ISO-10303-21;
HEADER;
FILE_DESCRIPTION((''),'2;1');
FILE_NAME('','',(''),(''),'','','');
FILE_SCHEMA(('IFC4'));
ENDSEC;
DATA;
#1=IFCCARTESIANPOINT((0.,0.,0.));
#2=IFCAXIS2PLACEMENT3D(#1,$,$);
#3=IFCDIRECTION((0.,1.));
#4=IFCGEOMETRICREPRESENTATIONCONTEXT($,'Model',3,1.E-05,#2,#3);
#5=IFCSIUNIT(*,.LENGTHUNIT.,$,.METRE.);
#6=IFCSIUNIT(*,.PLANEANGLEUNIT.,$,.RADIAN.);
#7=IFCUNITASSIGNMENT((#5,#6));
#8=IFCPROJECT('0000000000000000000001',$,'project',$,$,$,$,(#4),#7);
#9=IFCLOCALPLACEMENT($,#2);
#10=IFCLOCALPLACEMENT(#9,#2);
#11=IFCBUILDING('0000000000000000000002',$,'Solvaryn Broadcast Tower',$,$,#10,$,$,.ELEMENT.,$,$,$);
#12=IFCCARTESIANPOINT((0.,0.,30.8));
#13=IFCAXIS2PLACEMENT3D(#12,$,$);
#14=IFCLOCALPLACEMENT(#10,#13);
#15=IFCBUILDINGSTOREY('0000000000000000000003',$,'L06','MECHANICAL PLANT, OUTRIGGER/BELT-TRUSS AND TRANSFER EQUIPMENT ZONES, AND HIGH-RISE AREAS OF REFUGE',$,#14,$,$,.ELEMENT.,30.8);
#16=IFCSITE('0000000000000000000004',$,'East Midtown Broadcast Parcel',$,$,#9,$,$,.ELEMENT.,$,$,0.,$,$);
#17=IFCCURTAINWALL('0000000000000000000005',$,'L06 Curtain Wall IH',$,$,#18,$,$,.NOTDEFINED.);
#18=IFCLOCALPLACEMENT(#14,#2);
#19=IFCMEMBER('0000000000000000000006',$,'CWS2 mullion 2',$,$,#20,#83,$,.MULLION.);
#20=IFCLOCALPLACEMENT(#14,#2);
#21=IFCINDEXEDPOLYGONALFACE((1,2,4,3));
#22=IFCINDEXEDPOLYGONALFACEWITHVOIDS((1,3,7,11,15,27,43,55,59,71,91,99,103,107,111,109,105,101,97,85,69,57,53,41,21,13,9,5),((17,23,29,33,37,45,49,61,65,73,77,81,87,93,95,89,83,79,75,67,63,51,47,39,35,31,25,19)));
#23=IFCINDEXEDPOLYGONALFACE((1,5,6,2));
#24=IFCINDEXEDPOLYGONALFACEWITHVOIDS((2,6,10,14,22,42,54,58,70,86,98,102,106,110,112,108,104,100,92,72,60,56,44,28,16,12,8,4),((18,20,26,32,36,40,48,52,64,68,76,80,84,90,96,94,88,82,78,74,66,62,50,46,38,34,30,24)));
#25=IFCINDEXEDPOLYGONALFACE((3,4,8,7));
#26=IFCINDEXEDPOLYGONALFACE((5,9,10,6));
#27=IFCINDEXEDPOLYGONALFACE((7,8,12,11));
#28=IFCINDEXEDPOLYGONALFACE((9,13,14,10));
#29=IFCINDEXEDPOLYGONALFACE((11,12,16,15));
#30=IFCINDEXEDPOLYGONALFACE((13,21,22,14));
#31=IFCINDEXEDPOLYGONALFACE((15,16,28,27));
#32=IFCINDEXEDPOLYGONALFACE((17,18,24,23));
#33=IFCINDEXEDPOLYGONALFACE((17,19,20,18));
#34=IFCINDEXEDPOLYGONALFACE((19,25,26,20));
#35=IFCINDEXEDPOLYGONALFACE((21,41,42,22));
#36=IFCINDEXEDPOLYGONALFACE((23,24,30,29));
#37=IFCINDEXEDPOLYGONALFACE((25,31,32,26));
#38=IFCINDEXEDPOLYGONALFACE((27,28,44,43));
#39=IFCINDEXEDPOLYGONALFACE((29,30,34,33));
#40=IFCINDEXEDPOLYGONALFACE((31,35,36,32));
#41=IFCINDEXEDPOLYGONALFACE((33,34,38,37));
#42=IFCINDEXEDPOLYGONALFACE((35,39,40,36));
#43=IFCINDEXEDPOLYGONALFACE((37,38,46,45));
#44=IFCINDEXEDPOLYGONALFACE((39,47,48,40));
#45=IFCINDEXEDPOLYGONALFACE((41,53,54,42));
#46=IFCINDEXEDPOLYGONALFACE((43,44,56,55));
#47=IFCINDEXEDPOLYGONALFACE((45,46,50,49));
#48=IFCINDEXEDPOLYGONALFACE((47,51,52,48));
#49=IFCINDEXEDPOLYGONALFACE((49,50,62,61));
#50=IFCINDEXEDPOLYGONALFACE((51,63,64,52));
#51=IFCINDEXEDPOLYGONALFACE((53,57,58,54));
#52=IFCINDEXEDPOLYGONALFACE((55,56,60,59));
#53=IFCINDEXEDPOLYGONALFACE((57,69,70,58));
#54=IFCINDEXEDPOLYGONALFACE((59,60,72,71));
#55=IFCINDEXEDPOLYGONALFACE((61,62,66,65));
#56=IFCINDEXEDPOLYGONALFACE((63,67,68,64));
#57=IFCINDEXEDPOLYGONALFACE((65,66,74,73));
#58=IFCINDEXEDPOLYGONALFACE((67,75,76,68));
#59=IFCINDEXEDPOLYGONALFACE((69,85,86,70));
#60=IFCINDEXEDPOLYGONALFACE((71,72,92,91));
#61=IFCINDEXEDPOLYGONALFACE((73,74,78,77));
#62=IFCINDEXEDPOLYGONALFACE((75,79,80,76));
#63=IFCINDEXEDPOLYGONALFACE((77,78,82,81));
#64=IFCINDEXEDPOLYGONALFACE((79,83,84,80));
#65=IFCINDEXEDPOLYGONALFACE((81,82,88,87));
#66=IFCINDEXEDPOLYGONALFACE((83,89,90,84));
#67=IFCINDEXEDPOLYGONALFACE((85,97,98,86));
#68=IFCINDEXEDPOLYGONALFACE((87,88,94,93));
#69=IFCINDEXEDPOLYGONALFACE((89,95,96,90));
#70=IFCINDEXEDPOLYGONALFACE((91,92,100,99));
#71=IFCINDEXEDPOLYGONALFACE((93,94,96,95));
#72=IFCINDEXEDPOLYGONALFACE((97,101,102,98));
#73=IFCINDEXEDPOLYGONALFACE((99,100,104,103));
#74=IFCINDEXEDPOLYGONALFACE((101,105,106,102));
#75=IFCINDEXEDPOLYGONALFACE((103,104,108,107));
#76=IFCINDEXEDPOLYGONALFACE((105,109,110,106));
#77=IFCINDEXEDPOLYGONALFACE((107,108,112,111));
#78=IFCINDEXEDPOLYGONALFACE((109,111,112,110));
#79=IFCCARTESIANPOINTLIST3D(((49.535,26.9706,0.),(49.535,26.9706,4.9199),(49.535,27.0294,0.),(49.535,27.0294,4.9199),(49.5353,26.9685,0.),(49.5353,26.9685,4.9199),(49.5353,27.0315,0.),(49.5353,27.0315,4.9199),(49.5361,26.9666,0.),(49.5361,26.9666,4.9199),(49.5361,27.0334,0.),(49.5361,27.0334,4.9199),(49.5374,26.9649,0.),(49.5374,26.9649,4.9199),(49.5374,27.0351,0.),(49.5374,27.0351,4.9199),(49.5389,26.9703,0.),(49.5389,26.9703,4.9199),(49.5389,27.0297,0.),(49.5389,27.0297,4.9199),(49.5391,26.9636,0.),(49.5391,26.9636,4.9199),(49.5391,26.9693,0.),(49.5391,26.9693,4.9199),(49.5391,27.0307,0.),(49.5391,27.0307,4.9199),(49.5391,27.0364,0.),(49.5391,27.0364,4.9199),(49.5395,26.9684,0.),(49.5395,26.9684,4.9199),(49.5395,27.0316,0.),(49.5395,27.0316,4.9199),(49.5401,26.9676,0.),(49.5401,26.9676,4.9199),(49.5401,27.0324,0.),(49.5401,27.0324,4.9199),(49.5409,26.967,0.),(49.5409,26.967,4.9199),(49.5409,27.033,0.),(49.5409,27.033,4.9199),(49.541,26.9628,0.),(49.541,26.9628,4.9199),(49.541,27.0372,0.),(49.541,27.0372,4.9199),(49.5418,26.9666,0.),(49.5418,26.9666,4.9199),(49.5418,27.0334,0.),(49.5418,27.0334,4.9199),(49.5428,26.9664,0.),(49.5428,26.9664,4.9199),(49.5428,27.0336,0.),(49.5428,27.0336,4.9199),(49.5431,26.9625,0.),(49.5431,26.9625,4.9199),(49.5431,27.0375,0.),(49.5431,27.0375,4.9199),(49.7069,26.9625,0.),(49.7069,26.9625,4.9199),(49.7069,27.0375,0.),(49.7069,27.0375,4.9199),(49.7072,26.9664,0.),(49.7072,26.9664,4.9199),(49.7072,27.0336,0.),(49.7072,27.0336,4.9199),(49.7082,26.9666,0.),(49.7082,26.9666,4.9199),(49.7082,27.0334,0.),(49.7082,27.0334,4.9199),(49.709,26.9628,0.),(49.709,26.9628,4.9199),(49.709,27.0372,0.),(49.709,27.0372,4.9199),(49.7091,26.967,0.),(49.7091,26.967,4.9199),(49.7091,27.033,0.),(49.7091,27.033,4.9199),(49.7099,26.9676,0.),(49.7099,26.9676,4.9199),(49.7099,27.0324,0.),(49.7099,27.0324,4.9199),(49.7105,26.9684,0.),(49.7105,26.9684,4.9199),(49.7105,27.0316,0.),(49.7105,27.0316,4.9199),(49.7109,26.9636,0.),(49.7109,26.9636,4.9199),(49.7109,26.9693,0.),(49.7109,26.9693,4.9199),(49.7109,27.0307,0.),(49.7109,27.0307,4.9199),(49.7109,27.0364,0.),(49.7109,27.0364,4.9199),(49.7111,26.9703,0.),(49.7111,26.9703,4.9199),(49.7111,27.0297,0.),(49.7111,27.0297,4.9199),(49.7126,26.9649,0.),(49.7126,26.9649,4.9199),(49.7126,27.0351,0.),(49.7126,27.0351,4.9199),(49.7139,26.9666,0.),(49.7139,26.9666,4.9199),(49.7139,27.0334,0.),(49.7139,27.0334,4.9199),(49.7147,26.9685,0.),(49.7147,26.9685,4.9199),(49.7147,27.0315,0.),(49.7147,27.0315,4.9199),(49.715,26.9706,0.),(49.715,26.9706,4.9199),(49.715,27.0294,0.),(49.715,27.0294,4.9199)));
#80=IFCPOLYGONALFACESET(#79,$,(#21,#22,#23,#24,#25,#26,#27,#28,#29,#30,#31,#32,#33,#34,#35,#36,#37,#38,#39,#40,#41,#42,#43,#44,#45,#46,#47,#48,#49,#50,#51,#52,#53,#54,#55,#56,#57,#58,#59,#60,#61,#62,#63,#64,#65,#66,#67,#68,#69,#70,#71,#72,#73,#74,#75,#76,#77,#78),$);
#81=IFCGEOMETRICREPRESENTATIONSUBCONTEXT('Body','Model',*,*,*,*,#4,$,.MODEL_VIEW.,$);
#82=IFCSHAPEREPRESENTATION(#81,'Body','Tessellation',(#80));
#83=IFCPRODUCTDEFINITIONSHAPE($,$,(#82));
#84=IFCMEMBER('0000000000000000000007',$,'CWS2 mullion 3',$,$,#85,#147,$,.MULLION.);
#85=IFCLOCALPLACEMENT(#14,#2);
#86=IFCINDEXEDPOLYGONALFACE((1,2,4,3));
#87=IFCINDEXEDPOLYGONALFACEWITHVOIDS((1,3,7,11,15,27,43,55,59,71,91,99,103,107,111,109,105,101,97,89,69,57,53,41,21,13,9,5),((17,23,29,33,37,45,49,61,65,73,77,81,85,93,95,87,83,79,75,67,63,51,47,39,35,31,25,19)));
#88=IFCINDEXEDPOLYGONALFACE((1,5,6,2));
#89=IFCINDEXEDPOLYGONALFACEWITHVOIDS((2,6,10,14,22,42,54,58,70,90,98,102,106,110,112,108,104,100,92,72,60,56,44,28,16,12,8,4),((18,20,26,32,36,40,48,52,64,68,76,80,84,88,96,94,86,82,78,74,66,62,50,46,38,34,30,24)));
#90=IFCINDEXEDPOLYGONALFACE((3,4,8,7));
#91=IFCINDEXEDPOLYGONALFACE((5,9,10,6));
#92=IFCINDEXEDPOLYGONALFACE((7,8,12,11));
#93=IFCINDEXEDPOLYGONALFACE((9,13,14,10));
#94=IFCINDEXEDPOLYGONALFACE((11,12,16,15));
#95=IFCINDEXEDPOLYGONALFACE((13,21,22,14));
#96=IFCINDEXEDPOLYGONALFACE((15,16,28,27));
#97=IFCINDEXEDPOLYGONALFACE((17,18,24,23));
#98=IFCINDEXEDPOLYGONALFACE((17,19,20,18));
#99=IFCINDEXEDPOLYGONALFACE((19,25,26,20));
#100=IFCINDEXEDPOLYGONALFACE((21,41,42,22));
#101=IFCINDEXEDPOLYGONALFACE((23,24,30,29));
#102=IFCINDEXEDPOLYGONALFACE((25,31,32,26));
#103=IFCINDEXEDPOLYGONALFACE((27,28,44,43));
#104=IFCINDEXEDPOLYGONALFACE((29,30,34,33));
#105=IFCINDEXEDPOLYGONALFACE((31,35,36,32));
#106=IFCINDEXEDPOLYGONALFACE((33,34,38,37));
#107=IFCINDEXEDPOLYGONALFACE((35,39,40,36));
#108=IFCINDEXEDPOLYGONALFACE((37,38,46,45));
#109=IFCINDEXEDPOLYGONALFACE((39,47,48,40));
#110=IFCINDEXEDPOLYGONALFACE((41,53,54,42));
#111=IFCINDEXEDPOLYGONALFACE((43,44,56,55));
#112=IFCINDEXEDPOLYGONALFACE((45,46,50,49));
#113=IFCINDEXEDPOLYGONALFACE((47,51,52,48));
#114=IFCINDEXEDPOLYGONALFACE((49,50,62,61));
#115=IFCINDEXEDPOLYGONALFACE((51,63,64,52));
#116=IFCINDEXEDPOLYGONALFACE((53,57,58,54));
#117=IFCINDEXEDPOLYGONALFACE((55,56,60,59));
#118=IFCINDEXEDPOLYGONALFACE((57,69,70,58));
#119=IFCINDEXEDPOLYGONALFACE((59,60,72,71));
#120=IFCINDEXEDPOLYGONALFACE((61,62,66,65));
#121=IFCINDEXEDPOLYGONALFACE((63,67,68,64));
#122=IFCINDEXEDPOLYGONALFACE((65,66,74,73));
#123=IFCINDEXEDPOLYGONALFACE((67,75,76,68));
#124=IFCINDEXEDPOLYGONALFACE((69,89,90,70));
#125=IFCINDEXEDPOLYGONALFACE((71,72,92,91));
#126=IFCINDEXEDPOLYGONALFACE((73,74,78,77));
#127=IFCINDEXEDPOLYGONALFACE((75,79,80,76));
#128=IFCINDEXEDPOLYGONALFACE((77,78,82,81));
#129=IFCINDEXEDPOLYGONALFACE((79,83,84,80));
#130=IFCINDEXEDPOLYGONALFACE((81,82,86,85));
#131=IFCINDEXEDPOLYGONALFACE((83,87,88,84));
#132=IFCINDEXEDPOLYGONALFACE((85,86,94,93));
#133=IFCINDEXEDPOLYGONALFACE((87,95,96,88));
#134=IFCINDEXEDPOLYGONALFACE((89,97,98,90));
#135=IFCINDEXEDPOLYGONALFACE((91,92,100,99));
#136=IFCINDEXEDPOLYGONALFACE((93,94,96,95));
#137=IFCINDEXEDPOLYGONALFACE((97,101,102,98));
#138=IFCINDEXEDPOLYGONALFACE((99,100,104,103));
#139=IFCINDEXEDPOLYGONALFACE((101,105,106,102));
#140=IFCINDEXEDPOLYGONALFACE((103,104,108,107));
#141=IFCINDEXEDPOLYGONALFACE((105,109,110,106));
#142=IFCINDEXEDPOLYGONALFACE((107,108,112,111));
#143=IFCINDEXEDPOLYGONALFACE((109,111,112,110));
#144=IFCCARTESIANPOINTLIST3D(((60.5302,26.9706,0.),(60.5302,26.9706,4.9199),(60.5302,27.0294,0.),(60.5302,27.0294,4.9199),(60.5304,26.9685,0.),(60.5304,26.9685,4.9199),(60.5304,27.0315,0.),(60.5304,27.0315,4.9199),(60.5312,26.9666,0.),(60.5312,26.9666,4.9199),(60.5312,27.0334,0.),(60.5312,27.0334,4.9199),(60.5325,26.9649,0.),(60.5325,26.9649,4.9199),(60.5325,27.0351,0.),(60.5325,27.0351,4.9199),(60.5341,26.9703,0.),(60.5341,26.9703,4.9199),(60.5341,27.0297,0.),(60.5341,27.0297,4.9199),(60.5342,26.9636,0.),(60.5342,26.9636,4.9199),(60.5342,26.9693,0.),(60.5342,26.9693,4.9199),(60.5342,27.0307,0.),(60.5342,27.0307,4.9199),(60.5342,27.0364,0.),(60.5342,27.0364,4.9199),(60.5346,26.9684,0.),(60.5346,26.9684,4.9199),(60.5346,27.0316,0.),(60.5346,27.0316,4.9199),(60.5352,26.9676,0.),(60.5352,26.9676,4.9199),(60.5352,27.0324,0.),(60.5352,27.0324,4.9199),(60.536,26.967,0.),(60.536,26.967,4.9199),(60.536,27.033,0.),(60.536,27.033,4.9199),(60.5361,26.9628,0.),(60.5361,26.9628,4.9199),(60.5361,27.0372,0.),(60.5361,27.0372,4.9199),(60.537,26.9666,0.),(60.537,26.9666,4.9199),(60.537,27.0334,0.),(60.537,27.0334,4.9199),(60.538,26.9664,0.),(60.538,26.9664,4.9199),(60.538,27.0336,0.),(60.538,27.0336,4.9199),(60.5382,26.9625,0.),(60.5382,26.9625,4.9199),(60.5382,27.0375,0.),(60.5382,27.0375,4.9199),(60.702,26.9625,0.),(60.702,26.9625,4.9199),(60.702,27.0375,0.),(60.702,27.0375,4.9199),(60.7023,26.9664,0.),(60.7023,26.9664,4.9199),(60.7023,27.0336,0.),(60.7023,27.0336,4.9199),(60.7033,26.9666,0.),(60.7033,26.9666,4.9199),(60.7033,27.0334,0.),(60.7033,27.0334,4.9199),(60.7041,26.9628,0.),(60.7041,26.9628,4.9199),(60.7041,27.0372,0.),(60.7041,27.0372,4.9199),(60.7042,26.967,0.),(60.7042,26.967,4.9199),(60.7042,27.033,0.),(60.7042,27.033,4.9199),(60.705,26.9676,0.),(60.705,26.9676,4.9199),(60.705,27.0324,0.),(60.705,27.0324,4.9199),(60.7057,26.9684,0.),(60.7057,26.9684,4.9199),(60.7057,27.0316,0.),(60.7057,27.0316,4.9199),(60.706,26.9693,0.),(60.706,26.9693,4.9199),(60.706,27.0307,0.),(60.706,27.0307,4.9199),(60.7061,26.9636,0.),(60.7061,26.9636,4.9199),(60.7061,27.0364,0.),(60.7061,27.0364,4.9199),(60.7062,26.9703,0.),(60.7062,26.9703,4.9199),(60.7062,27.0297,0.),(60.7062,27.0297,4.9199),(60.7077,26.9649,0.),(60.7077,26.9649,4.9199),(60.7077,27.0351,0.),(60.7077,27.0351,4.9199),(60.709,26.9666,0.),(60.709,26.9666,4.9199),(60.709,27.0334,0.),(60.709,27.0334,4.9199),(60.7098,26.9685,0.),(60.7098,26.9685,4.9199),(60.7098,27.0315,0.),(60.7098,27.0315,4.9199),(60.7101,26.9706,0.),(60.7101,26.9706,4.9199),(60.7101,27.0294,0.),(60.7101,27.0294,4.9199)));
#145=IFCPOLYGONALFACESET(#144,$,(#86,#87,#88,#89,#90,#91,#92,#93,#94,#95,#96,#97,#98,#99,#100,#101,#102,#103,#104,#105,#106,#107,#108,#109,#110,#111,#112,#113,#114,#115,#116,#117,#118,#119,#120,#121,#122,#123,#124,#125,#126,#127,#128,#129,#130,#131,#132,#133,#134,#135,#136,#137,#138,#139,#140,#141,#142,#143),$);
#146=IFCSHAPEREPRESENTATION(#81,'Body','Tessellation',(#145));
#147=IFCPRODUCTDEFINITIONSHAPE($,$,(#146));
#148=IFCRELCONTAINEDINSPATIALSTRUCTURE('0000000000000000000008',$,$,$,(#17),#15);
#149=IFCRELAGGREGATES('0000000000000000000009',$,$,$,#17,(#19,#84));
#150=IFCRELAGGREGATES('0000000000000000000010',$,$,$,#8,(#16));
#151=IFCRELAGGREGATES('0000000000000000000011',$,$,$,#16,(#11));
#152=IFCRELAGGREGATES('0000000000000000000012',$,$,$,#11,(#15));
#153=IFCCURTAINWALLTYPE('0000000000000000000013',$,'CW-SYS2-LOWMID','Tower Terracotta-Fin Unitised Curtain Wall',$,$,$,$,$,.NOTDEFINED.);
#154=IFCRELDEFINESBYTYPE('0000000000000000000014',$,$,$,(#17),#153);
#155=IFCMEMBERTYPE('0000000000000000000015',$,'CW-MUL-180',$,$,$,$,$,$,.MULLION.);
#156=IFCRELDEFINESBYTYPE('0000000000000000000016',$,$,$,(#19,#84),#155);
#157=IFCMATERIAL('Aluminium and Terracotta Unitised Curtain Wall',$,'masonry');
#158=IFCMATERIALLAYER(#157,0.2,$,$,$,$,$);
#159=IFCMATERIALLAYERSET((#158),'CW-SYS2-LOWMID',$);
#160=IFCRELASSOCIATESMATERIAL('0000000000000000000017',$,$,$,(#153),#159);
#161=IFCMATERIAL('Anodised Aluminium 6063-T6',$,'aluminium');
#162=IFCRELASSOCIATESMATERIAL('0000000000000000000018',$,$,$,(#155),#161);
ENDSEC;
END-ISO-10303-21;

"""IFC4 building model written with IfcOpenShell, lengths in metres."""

from ifc_helpers import new_model, si_unit, direction, frame, origin, origin_2d, place, context, subcontext, project, spatial, hollow_rectangle, extrude, material, layer, layer_set, material_profile, profile_set, type_object, element, aggregate, save


model = new_model("IFC4")

# Units and contexts
model_context = context("Model", 3, precision=1e-05, world=origin(), true_north=direction((0.0, 1.0)))
body_context = subcontext(model_context, "Body", "Model", "MODEL_VIEW")
ifc_project = project(units=[si_unit("LENGTHUNIT", "METRE"), si_unit("PLANEANGLEUNIT", "RADIAN")], contexts=[model_context])

# Site, building, storey
site_placement = place(None, origin())
site = spatial("IfcSite", under=ifc_project, at=site_placement, Name="East Midtown Broadcast Parcel", CompositionType="ELEMENT", RefElevation=0.0)
building_placement = place(site_placement, origin())
building = spatial("IfcBuilding", under=site, at=building_placement, Name="Solvaryn Broadcast Tower", CompositionType="ELEMENT")
storey_placement = place(building_placement, frame((0.0, 0.0, 30.8)))
storey = spatial("IfcBuildingStorey", under=building, at=storey_placement, Name="L06", Description="MECHANICAL PLANT, OUTRIGGER/BELT-TRUSS AND TRANSFER EQUIPMENT ZONES, AND HIGH-RISE AREAS OF REFUGE", CompositionType="ELEMENT", Elevation=30.8)

# Shared definitions
ifc_material_1 = material(Name="Aluminium and Terracotta Unitised Curtain Wall", Category="masonry")
ifc_layer_1 = layer(ifc_material_1, 0.2)
ifc_layer_set_1 = layer_set([ifc_layer_1], Name="CW-SYS2-LOWMID")
curtain_wall_type = type_object("IfcCurtainWallType", Name="CW-SYS2-LOWMID", Description="Tower Terracotta-Fin Unitised Curtain Wall", PredefinedType="NOTDEFINED", material=ifc_layer_set_1)
ifc_material_2 = material(Name="Anodised Aluminium 6063-T6", Category="aluminium")
ifc_material_profile_1 = material_profile(ifc_material_2, hollow_rectangle(XDim=0.075, YDim=0.1799, WallThickness=0.0039, InnerFilletRadius=0.0039, OuterFilletRadius=0.0081, at=origin_2d()))
ifc_profile_set_1 = profile_set([ifc_material_profile_1], Name="Anodised Aluminium 6063-T6")
member_type_1 = type_object("IfcMemberType", Name="CW-MUL-180", PredefinedType="MULLION", material=ifc_profile_set_1)

# Curtain wall, members
curtain_wall_1_placement = place(storey_placement, origin())
curtain_wall_1 = element("IfcCurtainWall", 1, at=curtain_wall_1_placement, inside=storey, type_object=curtain_wall_type, Name="L06 Curtain Wall IH", PredefinedType="NOTDEFINED")
member_1_placement = place(storey_placement, frame((49.625, 27.0, 0.0), z_axis=(0.0, 0.0, 1.0), x_axis=(0.0, 1.0, 0.0)))
member_1 = element("IfcMember", 2, at=member_1_placement, type_object=member_type_1, Name="CWS2 mullion 2", PredefinedType="MULLION", context=body_context, shape_type="SweptSolid", body=[
    extrude(hollow_rectangle(XDim=0.075, YDim=0.1799, WallThickness=0.0039, InnerFilletRadius=0.0039, OuterFilletRadius=0.0081, at=origin_2d()), origin(), (0.0, 0.0, 1.0), 4.9199),
])
member_2_placement = place(storey_placement, frame((60.6201, 27.0, 0.0), z_axis=(0.0, 0.0, 1.0), x_axis=(0.0, 1.0, 0.0)))
member_2 = element("IfcMember", 3, at=member_2_placement, type_object=member_type_1, Name="CWS2 mullion 3", PredefinedType="MULLION", context=body_context, shape_type="SweptSolid", body=[
    extrude(hollow_rectangle(XDim=0.075, YDim=0.1799, WallThickness=0.0039, InnerFilletRadius=0.0039, OuterFilletRadius=0.0081, at=origin_2d()), origin(), (0.0, 0.0, 1.0), 4.9199),
])

aggregate(curtain_wall_1, [member_1, member_2])

save(model, "model.ifc")
